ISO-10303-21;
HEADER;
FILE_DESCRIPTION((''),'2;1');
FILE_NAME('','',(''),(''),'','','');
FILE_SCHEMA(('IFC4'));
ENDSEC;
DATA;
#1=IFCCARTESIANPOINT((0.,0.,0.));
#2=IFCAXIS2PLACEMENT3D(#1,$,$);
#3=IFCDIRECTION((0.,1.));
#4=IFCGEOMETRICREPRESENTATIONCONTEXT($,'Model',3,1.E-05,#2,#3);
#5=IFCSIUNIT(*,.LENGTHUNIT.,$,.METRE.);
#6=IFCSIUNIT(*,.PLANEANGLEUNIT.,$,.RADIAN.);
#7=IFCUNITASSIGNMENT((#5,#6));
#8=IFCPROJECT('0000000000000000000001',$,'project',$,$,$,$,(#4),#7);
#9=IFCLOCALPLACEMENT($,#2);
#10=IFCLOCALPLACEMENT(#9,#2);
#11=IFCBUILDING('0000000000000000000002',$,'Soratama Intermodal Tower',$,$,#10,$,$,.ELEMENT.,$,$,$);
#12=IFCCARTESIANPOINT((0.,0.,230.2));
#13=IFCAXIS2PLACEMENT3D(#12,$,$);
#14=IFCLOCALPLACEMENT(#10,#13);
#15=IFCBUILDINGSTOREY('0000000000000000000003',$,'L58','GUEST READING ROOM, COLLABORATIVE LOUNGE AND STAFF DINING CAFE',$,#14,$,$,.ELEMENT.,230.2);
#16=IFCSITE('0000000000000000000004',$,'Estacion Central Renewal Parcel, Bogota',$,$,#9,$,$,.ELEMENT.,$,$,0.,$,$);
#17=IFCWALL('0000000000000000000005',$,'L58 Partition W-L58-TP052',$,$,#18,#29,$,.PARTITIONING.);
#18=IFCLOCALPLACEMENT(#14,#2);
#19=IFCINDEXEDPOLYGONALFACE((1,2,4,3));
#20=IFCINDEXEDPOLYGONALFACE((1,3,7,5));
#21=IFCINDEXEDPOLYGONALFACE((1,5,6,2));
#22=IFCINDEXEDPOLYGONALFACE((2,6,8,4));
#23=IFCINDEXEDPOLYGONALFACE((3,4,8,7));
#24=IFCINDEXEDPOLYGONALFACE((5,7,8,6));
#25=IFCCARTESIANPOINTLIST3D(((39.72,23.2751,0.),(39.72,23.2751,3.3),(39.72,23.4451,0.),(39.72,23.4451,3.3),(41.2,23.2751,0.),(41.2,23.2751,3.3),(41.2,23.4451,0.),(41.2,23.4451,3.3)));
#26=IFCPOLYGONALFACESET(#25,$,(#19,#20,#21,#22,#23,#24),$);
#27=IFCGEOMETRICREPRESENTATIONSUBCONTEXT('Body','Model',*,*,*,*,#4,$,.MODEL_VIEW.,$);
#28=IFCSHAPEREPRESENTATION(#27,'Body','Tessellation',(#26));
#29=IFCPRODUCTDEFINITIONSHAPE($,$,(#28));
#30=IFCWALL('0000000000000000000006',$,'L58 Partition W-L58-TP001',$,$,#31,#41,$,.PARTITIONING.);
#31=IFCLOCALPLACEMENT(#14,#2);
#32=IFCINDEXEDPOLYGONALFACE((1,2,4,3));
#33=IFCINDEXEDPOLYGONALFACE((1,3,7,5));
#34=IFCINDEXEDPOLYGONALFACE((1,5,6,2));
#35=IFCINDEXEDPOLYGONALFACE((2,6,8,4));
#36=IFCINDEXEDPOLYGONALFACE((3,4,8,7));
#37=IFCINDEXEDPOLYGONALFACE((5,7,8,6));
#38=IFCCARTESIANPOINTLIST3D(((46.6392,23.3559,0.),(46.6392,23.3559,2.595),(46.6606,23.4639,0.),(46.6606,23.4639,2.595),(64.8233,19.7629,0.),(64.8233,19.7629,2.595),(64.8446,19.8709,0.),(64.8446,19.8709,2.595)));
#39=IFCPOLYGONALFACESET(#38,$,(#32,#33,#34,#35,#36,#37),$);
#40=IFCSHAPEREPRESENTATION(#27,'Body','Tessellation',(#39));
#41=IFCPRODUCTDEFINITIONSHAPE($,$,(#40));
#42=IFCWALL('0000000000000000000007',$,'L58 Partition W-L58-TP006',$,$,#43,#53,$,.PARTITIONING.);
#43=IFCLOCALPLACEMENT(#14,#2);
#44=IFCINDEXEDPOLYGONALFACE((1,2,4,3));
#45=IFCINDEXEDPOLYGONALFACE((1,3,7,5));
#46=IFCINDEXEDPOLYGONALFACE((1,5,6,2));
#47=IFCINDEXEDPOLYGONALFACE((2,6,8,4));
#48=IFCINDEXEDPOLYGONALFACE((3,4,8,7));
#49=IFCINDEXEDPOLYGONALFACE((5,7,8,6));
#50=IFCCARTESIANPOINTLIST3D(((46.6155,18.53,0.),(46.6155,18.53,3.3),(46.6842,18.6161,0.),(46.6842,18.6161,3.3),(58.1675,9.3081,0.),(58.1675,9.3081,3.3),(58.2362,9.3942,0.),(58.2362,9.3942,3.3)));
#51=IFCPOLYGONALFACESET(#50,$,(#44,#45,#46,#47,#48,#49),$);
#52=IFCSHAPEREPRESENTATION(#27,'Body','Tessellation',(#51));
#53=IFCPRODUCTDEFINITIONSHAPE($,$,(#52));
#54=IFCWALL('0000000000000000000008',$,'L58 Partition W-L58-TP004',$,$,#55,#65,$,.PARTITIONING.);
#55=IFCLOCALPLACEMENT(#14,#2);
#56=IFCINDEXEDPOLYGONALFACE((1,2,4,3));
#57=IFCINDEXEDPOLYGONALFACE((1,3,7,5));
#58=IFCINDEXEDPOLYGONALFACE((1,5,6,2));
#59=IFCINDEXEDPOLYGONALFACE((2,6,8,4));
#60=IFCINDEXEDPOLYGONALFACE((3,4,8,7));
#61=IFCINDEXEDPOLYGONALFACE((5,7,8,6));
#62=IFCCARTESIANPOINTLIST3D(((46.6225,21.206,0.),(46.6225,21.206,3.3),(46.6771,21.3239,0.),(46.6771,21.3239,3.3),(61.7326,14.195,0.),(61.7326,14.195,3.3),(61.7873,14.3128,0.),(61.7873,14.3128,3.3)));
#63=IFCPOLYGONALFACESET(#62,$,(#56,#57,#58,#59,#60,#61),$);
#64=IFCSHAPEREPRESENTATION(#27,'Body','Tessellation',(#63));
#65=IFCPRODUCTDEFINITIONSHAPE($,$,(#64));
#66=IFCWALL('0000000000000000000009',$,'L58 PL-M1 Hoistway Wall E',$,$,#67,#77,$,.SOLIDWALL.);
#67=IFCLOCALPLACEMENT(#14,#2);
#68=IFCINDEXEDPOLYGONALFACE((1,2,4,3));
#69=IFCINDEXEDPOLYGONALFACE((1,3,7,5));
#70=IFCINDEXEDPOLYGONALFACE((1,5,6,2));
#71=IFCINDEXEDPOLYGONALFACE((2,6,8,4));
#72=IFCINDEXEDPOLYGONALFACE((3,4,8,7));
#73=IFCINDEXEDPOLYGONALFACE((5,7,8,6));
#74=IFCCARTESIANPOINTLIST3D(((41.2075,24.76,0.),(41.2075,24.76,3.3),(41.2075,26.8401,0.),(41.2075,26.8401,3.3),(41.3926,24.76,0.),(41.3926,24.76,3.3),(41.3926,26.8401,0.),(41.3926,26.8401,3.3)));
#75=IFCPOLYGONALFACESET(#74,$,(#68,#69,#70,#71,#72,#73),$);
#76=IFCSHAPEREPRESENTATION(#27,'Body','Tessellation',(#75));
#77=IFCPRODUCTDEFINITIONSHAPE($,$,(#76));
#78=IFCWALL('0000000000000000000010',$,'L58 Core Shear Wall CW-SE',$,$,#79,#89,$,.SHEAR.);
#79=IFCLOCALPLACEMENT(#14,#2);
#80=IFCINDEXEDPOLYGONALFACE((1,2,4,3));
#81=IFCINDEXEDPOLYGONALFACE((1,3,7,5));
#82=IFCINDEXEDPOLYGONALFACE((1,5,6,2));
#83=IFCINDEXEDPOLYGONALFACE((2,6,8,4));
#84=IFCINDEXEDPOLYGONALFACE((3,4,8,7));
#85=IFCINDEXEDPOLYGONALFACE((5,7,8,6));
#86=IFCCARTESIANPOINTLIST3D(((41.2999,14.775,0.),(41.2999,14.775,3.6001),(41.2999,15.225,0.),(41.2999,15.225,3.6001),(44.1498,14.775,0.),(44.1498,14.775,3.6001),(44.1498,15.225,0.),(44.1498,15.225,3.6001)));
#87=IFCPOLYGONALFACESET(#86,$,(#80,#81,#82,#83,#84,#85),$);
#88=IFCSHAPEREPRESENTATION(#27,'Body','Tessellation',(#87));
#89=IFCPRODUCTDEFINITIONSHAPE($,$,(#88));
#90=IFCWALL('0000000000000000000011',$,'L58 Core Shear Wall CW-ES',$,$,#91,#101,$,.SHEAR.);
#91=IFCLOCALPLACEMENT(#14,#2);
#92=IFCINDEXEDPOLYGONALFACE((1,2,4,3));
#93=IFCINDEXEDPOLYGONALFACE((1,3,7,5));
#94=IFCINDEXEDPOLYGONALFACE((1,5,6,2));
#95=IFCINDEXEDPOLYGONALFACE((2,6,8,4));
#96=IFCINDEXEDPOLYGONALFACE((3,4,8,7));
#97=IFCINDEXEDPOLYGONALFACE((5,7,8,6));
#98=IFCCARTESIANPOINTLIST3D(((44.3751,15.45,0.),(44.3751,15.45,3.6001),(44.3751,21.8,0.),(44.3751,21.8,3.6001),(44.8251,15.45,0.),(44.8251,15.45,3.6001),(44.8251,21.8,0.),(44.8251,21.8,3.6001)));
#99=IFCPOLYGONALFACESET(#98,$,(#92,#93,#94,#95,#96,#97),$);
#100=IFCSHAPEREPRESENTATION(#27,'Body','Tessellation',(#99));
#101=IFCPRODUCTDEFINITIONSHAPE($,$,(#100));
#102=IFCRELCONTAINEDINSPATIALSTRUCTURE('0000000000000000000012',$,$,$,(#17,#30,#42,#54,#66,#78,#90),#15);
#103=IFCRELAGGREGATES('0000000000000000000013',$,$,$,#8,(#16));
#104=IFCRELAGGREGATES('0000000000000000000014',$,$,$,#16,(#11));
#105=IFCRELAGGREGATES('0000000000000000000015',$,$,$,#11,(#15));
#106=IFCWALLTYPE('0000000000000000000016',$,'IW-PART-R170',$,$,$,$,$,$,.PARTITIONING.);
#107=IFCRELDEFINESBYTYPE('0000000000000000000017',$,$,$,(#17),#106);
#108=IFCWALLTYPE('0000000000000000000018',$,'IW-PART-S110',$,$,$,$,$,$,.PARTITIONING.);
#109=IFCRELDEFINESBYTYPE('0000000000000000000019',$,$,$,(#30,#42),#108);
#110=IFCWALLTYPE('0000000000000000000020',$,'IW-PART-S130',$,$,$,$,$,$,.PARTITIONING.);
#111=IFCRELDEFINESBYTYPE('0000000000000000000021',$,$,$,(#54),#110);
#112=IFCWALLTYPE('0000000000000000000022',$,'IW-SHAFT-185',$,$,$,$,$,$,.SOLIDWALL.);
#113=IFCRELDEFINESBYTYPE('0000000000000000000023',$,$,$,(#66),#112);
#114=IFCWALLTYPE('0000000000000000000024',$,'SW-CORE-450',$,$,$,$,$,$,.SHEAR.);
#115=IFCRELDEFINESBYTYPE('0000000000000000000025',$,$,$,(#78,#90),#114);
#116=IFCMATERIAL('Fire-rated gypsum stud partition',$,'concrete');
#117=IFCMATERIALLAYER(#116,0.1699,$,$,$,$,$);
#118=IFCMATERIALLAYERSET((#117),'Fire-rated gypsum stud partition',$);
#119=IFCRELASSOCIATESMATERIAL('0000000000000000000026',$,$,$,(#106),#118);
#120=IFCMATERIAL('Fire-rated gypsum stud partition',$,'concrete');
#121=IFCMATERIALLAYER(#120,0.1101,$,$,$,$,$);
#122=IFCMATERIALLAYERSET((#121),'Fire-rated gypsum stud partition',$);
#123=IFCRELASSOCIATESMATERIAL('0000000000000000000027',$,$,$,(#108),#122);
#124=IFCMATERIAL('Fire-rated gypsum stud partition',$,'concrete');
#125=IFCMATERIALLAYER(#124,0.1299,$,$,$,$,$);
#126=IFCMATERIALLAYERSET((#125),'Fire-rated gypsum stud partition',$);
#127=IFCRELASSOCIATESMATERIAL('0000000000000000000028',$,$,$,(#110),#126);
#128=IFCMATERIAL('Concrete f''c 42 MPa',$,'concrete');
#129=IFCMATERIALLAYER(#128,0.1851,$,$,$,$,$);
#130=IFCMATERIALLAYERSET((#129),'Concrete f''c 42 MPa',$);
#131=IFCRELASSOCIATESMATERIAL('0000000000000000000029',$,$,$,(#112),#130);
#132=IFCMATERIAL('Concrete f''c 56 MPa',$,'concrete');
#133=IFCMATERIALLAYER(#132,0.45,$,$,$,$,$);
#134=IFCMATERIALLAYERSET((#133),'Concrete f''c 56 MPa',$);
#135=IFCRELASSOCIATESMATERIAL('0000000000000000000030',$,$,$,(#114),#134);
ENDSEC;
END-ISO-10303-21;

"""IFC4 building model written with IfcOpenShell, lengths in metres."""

from ifc_helpers import new_model, si_unit, direction, frame, frame_2d, origin, place, context, subcontext, project, spatial, rectangle, extrude, material, layer, layer_set, type_object, element, save


model = new_model("IFC4")

# Units and contexts
model_context = context("Model", 3, precision=1e-05, world=origin(), true_north=direction((0.0, 1.0)))
body_context = subcontext(model_context, "Body", "Model", "MODEL_VIEW")
ifc_project = project(units=[si_unit("LENGTHUNIT", "METRE"), si_unit("PLANEANGLEUNIT", "RADIAN")], contexts=[model_context])

# Site, building, storey
site_placement = place(None, origin())
site = spatial("IfcSite", under=ifc_project, at=site_placement, Name="Estacion Central Renewal Parcel, Bogota", CompositionType="ELEMENT", RefElevation=0.0)
building_placement = place(site_placement, origin())
building = spatial("IfcBuilding", under=site, at=building_placement, Name="Soratama Intermodal Tower", CompositionType="ELEMENT")
storey_placement = place(building_placement, frame((0.0, 0.0, 230.2)))
storey = spatial("IfcBuildingStorey", under=building, at=storey_placement, Name="L58", Description="GUEST READING ROOM, COLLABORATIVE LOUNGE AND STAFF DINING CAFE", CompositionType="ELEMENT", Elevation=230.2)

# Shared definitions
ifc_material_1 = material(Name="Fire-rated gypsum stud partition", Category="concrete")
ifc_layer_1 = layer(ifc_material_1, 0.1699)
ifc_layer_set_1 = layer_set([ifc_layer_1], Name="Fire-rated gypsum stud partition")
wall_type_1 = type_object("IfcWallType", Name="IW-PART-R170", PredefinedType="PARTITIONING", material=ifc_layer_set_1)

# Walls
wall_1_placement = place(storey_placement, frame((41.2, 23.3601, 0.0), z_axis=(0.0, 0.0, 1.0), x_axis=(-1.0, 0.0, 0.0)))
element("IfcWall", 1, at=wall_1_placement, inside=storey, type_object=wall_type_1, Name="L58 Partition W-L58-TP052", PredefinedType="PARTITIONING", context=body_context, shape_type="SweptSolid", body=[
    extrude(rectangle(XDim=1.48, YDim=0.1699, at=frame_2d((0.74, 0.0))), origin(), (0.0, 0.0, 1.0), 3.3),
])
ifc_material_2 = material(Name="Fire-rated gypsum stud partition", Category="concrete")
ifc_layer_2 = layer(ifc_material_2, 0.1101)
ifc_layer_set_2 = layer_set([ifc_layer_2], Name="Fire-rated gypsum stud partition")
wall_type_2 = type_object("IfcWallType", Name="IW-PART-S110", PredefinedType="PARTITIONING", material=ifc_layer_set_2)
wall_2_placement = place(storey_placement, frame((46.6499, 23.4099, 0.0), z_axis=(0.0, 0.0, 1.0), x_axis=(0.981032, -0.193844, 0.0)))
element("IfcWall", 2, at=wall_2_placement, inside=storey, type_object=wall_type_2, Name="L58 Partition W-L58-TP001", PredefinedType="PARTITIONING", context=body_context, shape_type="SweptSolid", body=[
    extrude(rectangle(XDim=18.5356, YDim=0.1101, at=frame_2d((9.2678, 0.0))), origin(), (0.0, 0.0, 1.0), 2.595),
])
wall_3_placement = place(storey_placement, frame((46.6499, 18.573, 0.0), z_axis=(0.0, 0.0, 1.0), x_axis=(0.781518, -0.623883, 0.0)))
element("IfcWall", 3, at=wall_3_placement, inside=storey, type_object=wall_type_2, Name="L58 Partition W-L58-TP006", PredefinedType="PARTITIONING", context=body_context, shape_type="SweptSolid", body=[
    extrude(rectangle(XDim=14.7815, YDim=0.1101, at=frame_2d((7.3906, 0.0))), origin(), (0.0, 0.0, 1.0), 3.3),
])
ifc_material_3 = material(Name="Fire-rated gypsum stud partition", Category="concrete")
ifc_layer_3 = layer(ifc_material_3, 0.1299)
ifc_layer_set_3 = layer_set([ifc_layer_3], Name="Fire-rated gypsum stud partition")
wall_type_3 = type_object("IfcWallType", Name="IW-PART-S130", PredefinedType="PARTITIONING", material=ifc_layer_set_3)
wall_4_placement = place(storey_placement, frame((46.6499, 21.2649, 0.0), z_axis=(0.0, 0.0, 1.0), x_axis=(0.90711, -0.420893, 0.0)))
element("IfcWall", 4, at=wall_4_placement, inside=storey, type_object=wall_type_3, Name="L58 Partition W-L58-TP004", PredefinedType="PARTITIONING", context=body_context, shape_type="SweptSolid", body=[
    extrude(rectangle(XDim=16.6575, YDim=0.1299, at=frame_2d((8.3286, 0.0))), origin(), (0.0, 0.0, 1.0), 3.3),
])
ifc_material_4 = material(Name="Concrete f'c 42 MPa", Category="concrete")
ifc_layer_4 = layer(ifc_material_4, 0.1851)
ifc_layer_set_4 = layer_set([ifc_layer_4], Name="Concrete f'c 42 MPa")
wall_type_4 = type_object("IfcWallType", Name="IW-SHAFT-185", PredefinedType="SOLIDWALL", material=ifc_layer_set_4)
wall_5_placement = place(storey_placement, frame((41.3, 24.76, 0.0), z_axis=(0.0, 0.0, 1.0), x_axis=(0.0, 1.0, 0.0)))
element("IfcWall", 5, at=wall_5_placement, inside=storey, type_object=wall_type_4, Name="L58 PL-M1 Hoistway Wall E", PredefinedType="SOLIDWALL", context=body_context, shape_type="SweptSolid", body=[
    extrude(rectangle(XDim=2.0801, YDim=0.1851, at=frame_2d((1.04, 0.0))), origin(), (0.0, 0.0, 1.0), 3.3),
])
ifc_material_5 = material(Name="Concrete f'c 56 MPa", Category="concrete")
ifc_layer_5 = layer(ifc_material_5, 0.45)
ifc_layer_set_5 = layer_set([ifc_layer_5], Name="Concrete f'c 56 MPa")
wall_type_5 = type_object("IfcWallType", Name="SW-CORE-450", PredefinedType="SHEAR", material=ifc_layer_set_5)
wall_6_placement = place(storey_placement, frame((41.3, 15.0, 0.0), z_axis=(0.0, 0.0, 1.0), x_axis=(1.0, 0.0, 0.0)))
element("IfcWall", 6, at=wall_6_placement, inside=storey, type_object=wall_type_5, Name="L58 Core Shear Wall CW-SE", PredefinedType="SHEAR", context=body_context, shape_type="SweptSolid", body=[
    extrude(rectangle(XDim=2.8499, YDim=0.45, at=frame_2d((1.4248, 0.0))), origin(), (0.0, 0.0, 1.0), 3.6001),
])
wall_7_placement = place(storey_placement, frame((44.6001, 15.45, 0.0), z_axis=(0.0, 0.0, 1.0), x_axis=(0.0, 1.0, 0.0)))
element("IfcWall", 7, at=wall_7_placement, inside=storey, type_object=wall_type_5, Name="L58 Core Shear Wall CW-ES", PredefinedType="SHEAR", context=body_context, shape_type="SweptSolid", body=[
    extrude(rectangle(XDim=6.3501, YDim=0.45, at=frame_2d((3.175, 0.0))), origin(), (0.0, 0.0, 1.0), 3.6001),
])

save(model, "model.ifc")
